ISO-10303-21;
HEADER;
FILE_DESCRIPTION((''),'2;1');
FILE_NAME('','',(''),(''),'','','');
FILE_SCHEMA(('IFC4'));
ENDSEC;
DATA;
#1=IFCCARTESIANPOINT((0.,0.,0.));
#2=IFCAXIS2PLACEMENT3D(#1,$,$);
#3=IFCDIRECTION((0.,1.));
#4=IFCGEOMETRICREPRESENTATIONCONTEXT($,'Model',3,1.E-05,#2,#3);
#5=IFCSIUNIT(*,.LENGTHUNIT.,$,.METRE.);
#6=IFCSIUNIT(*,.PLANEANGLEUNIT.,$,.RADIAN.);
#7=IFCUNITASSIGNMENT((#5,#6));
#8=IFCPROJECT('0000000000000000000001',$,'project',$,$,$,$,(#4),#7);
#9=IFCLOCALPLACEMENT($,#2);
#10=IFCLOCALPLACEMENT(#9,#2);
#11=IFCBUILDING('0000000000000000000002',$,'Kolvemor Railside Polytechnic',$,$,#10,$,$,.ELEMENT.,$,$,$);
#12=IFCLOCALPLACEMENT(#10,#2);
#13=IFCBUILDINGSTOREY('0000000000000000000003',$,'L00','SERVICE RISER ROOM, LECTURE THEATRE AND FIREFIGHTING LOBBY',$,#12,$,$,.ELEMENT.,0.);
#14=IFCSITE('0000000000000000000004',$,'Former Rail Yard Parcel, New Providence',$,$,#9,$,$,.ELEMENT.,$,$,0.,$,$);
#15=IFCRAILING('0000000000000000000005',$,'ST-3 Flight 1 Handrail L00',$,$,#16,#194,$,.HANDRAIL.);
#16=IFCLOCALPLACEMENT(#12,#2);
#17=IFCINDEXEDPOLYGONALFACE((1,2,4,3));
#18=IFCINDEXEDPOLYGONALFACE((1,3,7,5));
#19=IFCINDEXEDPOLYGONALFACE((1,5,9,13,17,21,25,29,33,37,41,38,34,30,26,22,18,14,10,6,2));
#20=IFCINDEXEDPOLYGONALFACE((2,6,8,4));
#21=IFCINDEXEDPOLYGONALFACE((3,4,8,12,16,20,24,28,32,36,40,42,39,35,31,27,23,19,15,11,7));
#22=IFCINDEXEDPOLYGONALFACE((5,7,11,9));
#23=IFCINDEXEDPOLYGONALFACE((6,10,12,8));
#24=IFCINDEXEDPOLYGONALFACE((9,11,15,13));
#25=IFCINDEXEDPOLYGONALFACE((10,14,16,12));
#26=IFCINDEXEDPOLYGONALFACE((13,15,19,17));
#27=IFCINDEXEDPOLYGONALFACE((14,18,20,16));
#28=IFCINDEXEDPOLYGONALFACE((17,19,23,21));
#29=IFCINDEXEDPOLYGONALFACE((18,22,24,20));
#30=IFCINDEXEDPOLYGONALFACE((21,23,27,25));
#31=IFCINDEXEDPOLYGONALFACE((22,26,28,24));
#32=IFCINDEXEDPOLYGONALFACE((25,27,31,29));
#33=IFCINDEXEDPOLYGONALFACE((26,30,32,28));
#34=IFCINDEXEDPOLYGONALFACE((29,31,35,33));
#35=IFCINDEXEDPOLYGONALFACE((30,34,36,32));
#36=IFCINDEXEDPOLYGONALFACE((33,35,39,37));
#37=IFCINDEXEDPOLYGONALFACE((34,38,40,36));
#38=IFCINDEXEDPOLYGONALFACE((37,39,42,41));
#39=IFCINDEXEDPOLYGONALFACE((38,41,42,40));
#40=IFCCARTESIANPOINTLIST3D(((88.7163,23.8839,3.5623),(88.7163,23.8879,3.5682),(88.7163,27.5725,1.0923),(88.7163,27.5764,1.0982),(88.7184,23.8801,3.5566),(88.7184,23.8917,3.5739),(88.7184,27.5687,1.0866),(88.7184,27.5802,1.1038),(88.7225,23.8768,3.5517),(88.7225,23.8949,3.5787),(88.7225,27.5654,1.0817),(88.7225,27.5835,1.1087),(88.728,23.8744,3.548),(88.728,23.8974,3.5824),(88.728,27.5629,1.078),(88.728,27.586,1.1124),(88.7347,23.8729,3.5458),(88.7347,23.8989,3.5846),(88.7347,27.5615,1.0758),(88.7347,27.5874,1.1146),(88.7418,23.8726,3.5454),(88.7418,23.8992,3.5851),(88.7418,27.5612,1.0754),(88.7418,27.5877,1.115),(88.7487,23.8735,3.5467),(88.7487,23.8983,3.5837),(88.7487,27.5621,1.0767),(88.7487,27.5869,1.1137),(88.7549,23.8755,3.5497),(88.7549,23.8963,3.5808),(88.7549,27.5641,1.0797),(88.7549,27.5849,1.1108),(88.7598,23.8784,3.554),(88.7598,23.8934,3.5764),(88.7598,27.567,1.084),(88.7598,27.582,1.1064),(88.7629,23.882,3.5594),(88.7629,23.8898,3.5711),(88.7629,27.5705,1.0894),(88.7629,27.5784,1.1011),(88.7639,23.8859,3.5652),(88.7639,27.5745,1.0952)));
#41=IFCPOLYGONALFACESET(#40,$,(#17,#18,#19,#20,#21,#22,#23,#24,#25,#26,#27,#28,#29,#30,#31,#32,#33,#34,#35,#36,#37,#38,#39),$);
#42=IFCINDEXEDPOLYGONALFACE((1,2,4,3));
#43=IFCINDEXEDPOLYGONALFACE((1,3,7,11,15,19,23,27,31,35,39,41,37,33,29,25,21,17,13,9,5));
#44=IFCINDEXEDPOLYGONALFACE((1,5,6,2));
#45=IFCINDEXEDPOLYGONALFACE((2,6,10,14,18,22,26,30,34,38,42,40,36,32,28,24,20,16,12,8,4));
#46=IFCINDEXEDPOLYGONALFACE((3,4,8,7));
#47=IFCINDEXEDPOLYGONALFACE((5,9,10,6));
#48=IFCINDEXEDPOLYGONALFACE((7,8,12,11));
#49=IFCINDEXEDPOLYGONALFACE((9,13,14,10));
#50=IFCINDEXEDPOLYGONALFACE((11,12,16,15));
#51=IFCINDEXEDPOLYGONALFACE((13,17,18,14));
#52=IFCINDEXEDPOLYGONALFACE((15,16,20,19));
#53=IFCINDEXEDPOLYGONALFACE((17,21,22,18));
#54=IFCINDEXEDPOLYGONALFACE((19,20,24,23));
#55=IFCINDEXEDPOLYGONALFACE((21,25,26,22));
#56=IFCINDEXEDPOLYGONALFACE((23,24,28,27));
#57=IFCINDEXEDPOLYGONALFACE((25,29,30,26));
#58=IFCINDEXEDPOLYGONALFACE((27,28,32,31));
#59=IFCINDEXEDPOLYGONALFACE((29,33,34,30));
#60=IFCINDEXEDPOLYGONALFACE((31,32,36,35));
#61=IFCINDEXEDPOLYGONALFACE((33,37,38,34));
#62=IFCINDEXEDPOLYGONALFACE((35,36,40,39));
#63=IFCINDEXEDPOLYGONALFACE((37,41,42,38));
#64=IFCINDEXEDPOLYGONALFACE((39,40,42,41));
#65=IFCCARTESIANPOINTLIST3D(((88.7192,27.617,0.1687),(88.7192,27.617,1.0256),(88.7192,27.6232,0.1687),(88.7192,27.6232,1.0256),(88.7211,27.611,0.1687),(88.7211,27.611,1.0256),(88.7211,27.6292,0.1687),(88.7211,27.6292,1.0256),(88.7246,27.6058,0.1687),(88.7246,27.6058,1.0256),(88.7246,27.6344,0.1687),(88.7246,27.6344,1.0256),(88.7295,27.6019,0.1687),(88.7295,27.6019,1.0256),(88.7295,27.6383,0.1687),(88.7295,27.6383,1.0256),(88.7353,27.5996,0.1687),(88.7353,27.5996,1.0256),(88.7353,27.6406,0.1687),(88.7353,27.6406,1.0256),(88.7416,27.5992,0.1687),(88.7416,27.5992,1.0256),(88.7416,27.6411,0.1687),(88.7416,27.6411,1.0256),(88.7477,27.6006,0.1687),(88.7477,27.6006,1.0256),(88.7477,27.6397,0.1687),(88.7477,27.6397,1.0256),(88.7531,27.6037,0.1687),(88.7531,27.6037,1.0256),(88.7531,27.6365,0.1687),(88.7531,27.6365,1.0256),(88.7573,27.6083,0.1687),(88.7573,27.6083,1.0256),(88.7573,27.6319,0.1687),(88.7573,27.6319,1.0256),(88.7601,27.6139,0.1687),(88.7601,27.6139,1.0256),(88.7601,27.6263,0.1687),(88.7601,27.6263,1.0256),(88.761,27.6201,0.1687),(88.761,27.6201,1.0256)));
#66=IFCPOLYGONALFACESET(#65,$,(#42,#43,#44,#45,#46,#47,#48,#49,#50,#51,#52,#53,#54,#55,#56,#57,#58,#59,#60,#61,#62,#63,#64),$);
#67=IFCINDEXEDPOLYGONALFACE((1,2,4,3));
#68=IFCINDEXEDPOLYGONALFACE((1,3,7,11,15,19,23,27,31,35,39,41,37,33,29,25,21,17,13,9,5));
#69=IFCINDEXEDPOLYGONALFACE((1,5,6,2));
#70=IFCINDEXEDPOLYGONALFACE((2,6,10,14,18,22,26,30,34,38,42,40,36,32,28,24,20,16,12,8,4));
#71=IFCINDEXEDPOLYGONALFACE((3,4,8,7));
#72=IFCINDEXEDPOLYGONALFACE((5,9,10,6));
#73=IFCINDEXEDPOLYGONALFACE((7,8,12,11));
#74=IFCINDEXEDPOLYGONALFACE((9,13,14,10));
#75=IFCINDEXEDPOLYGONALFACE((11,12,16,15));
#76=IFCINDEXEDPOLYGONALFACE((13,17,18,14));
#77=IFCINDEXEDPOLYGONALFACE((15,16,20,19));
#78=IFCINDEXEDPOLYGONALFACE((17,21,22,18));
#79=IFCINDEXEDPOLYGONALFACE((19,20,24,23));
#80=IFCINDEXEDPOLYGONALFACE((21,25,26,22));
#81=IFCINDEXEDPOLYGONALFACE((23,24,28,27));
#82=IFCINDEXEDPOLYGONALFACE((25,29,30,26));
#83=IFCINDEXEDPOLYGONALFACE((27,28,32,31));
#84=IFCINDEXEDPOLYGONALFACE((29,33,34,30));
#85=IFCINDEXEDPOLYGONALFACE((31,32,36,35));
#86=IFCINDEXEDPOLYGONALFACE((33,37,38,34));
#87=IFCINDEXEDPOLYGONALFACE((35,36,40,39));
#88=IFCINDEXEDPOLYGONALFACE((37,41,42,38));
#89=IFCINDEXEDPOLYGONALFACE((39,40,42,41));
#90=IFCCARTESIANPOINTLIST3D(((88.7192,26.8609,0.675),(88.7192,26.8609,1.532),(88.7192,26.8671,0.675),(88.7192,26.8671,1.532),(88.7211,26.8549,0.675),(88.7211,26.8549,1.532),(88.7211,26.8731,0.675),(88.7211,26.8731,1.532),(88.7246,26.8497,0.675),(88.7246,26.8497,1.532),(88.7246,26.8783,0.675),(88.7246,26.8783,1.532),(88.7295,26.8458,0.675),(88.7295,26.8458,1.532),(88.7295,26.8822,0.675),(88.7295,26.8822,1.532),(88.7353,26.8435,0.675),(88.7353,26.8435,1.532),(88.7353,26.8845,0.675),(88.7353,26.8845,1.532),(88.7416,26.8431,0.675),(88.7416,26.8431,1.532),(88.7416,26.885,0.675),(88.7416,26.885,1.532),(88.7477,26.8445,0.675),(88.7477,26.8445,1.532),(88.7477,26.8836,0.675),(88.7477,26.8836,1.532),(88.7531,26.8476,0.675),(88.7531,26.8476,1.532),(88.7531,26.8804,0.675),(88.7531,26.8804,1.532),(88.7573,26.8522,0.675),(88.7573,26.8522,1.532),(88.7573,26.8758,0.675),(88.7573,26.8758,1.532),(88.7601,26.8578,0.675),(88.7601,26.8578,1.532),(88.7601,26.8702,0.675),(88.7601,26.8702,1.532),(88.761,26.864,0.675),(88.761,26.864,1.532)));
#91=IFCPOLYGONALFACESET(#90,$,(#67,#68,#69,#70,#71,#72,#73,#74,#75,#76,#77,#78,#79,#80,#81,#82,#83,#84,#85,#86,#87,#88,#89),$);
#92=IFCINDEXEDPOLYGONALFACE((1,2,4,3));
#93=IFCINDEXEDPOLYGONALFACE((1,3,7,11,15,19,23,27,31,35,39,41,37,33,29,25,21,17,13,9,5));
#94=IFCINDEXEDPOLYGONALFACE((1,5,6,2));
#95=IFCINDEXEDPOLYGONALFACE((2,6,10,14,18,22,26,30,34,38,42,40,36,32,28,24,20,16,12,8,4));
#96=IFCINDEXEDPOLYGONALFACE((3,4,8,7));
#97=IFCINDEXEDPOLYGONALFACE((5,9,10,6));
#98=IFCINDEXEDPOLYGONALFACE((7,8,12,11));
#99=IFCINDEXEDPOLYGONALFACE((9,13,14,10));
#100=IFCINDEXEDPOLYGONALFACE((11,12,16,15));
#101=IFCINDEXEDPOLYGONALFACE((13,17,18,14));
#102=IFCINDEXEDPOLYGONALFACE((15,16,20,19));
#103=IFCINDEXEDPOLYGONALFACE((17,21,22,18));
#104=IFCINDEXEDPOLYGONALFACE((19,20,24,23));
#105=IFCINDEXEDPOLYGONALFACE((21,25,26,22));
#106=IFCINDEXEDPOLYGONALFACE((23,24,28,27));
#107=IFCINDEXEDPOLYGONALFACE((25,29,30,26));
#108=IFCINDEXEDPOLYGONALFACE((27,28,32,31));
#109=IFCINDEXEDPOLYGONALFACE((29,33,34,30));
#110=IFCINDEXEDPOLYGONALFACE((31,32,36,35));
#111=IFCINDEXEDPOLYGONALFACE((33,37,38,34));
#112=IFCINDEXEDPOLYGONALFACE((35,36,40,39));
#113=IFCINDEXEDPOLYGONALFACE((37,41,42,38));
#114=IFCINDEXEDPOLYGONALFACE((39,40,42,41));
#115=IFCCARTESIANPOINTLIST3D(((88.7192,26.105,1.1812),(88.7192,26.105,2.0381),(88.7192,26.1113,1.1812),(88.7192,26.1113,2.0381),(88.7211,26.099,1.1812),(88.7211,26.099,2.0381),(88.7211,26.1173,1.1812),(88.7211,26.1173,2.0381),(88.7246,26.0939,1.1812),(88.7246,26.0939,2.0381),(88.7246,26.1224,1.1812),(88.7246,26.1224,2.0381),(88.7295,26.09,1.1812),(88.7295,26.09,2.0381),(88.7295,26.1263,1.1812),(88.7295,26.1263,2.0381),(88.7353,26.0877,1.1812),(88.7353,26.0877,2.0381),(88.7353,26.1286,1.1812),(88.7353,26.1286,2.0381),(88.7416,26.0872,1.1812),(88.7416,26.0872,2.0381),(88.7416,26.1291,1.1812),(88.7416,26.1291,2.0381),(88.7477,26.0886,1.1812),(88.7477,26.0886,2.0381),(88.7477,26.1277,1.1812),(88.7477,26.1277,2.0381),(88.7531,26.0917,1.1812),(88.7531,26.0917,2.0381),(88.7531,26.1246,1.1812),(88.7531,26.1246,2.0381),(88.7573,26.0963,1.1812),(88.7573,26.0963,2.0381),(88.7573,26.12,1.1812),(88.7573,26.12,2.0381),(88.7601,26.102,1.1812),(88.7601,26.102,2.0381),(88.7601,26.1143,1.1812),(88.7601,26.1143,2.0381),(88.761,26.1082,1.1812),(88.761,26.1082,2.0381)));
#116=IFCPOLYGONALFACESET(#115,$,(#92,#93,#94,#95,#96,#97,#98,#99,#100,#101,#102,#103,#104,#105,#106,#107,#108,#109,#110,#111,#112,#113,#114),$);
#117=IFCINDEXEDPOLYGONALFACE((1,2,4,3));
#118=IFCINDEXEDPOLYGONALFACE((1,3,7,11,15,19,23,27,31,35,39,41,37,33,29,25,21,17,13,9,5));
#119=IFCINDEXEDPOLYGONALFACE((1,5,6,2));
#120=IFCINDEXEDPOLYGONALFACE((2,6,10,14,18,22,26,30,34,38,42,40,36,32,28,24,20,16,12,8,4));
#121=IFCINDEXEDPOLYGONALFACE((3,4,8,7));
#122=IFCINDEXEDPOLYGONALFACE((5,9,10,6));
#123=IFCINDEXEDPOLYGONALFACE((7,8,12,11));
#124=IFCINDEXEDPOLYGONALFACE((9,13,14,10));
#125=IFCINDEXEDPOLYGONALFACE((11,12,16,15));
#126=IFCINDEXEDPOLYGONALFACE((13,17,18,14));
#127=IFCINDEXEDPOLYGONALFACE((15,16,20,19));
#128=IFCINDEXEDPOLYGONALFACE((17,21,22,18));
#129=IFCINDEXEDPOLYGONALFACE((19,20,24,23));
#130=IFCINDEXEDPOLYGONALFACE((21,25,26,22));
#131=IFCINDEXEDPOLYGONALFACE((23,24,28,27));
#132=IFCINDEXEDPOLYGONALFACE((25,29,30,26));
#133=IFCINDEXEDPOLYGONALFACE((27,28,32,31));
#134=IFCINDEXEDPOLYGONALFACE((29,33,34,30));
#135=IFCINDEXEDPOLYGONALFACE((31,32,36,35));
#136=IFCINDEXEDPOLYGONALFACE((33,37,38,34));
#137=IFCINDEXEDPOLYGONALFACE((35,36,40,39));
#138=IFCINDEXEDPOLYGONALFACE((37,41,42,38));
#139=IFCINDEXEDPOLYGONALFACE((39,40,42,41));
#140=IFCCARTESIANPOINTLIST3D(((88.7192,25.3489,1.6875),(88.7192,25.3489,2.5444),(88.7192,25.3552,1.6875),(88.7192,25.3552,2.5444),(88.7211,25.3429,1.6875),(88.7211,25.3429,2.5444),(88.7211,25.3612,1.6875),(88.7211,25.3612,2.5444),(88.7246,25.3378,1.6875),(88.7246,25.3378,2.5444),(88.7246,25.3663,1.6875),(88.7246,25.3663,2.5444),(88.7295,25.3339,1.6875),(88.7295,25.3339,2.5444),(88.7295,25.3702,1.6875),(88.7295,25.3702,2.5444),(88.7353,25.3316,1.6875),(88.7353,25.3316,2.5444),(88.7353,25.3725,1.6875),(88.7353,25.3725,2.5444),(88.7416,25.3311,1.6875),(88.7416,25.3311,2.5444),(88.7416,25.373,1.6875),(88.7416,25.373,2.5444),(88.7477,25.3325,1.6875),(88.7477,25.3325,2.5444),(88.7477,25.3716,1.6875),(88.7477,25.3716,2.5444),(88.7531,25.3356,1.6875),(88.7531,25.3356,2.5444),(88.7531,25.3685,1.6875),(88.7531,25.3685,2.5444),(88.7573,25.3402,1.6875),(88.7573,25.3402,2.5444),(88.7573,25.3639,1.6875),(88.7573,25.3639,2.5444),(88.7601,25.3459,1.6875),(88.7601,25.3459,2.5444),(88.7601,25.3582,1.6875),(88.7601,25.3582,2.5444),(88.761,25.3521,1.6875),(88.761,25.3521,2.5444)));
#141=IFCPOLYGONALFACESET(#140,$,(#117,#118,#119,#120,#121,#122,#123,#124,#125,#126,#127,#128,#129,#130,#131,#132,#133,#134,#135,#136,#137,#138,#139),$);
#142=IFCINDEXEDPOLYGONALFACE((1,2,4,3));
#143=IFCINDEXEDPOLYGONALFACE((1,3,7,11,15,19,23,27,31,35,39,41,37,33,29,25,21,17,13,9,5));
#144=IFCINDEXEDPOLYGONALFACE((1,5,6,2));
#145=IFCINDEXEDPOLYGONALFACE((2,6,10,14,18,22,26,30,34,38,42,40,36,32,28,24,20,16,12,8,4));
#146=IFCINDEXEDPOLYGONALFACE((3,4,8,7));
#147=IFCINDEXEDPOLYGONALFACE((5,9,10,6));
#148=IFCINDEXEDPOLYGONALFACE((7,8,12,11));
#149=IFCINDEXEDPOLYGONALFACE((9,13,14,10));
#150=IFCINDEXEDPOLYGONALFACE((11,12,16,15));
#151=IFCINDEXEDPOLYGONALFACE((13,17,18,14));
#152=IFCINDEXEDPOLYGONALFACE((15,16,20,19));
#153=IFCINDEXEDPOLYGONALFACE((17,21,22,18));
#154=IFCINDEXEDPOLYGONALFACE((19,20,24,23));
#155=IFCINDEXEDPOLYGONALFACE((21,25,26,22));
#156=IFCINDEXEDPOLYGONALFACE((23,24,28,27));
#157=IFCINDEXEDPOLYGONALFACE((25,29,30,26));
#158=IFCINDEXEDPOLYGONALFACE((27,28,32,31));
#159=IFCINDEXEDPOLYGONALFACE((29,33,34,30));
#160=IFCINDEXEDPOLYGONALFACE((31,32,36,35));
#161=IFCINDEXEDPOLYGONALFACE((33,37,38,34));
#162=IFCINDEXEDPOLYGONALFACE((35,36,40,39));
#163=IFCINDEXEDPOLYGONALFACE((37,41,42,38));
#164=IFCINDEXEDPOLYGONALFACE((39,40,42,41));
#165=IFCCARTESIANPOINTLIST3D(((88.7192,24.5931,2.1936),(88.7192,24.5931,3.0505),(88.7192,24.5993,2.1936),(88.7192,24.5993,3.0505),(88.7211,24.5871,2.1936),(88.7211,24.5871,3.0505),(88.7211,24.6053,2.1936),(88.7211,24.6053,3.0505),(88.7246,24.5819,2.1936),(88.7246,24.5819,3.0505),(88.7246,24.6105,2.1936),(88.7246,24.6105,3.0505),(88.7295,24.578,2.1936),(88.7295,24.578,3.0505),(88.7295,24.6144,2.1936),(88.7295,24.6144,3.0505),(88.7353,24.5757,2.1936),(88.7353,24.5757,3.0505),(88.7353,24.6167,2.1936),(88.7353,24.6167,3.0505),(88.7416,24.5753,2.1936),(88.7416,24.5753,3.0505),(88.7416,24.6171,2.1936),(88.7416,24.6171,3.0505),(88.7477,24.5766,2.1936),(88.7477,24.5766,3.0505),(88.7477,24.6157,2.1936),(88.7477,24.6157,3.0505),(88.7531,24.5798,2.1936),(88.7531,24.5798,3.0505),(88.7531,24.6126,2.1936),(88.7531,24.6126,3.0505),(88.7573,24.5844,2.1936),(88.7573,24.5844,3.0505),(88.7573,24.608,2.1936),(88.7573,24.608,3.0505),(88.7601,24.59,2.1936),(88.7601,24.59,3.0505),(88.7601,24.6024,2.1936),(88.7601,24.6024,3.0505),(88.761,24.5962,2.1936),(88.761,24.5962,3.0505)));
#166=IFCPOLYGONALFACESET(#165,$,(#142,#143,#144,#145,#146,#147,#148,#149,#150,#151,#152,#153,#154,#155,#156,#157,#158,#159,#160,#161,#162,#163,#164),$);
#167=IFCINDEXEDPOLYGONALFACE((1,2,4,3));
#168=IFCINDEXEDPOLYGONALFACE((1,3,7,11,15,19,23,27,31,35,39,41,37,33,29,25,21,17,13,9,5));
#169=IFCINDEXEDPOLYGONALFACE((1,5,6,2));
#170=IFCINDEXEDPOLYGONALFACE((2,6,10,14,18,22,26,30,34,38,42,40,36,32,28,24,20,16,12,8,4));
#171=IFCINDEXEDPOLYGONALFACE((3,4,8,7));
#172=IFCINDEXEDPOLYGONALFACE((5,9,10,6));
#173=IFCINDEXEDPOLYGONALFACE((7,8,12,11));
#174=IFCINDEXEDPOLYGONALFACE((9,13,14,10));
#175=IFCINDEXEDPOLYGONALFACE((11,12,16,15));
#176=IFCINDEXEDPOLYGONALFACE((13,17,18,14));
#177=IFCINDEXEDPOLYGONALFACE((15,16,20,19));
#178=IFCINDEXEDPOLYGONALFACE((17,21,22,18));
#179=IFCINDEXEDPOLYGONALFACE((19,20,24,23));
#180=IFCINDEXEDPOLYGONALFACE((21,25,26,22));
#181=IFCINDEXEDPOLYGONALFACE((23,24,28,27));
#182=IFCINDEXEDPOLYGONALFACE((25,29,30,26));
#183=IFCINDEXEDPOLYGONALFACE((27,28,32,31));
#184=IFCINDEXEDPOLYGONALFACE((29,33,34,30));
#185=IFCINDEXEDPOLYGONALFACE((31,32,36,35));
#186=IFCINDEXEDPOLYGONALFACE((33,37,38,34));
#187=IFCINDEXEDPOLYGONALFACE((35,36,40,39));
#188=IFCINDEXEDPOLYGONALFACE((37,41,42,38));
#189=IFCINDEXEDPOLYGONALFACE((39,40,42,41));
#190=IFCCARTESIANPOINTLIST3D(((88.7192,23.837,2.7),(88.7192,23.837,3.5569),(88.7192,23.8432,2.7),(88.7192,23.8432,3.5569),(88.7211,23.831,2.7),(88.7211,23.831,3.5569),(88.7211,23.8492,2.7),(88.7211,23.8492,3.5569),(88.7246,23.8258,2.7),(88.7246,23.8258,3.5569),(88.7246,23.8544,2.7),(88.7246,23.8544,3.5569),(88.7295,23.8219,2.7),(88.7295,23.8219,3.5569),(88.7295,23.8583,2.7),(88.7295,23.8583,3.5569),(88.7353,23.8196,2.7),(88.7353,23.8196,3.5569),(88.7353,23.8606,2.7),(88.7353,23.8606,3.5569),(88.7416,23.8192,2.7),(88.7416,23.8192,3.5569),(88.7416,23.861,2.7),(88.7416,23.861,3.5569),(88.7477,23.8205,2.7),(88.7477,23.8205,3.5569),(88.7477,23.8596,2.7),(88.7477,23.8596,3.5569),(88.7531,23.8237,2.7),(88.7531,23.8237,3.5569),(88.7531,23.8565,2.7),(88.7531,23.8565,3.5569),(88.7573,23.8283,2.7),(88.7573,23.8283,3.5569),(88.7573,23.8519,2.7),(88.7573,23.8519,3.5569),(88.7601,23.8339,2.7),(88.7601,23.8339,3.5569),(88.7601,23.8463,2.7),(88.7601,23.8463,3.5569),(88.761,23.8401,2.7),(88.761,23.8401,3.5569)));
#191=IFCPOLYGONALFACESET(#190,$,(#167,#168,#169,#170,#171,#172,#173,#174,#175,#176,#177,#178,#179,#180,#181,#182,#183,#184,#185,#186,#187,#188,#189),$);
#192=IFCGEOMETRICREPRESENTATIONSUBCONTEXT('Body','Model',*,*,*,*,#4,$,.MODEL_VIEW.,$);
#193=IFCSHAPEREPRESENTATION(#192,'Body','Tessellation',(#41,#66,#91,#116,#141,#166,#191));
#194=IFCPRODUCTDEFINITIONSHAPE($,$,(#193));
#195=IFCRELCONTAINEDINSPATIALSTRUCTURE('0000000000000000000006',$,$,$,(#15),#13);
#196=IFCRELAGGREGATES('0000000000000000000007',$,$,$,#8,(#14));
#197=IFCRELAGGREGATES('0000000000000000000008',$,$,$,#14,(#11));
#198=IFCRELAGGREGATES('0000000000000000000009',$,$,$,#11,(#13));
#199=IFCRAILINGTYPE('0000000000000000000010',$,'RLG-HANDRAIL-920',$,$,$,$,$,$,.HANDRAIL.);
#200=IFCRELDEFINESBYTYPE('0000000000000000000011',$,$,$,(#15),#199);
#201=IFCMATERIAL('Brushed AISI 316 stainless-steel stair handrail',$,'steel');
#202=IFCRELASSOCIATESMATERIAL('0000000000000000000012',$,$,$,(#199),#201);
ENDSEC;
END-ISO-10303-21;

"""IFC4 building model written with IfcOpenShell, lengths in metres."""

from ifc_helpers import new_model, si_unit, direction, frame, origin, origin_2d, place, context, subcontext, project, spatial, circle, extrude, material, type_object, element, save


model = new_model("IFC4")

# Units and contexts
model_context = context("Model", 3, precision=1e-05, world=origin(), true_north=direction((0.0, 1.0)))
body_context = subcontext(model_context, "Body", "Model", "MODEL_VIEW")
ifc_project = project(units=[si_unit("LENGTHUNIT", "METRE"), si_unit("PLANEANGLEUNIT", "RADIAN")], contexts=[model_context])

# Site, building, storey
site_placement = place(None, origin())
site = spatial("IfcSite", under=ifc_project, at=site_placement, Name="Former Rail Yard Parcel, New Providence", CompositionType="ELEMENT", RefElevation=0.0)
building_placement = place(site_placement, origin())
building = spatial("IfcBuilding", under=site, at=building_placement, Name="Kolvemor Railside Polytechnic", CompositionType="ELEMENT")
storey_placement = place(building_placement, origin())
storey = spatial("IfcBuildingStorey", under=building, at=storey_placement, Name="L00", Description="SERVICE RISER ROOM, LECTURE THEATRE AND FIREFIGHTING LOBBY", CompositionType="ELEMENT", Elevation=0.0)

# Railing
ifc_material_1 = material(Name="Brushed AISI 316 stainless-steel stair handrail", Category="steel")
railing_type_1 = type_object("IfcRailingType", Name="RLG-HANDRAIL-920", PredefinedType="HANDRAIL", material=ifc_material_1)
railing_1_placement = place(storey_placement, frame((88.74, 27.6201, 0.1687)))
element("IfcRailing", 1, at=railing_1_placement, inside=storey, type_object=railing_type_1, Name="ST-3 Flight 1 Handrail L00", PredefinedType="HANDRAIL", context=body_context, shape_type="SweptSolid", body=[
    extrude(circle(Radius=0.0239, at=origin_2d()), frame((0.0, -0.0457, 0.9265), z_axis=(0.0, -0.830909, 0.556408), x_axis=(1.0, 0.0, 0.0)), (0.0, 0.0, 1.0), 4.4392),
    extrude(circle(Radius=0.021, at=origin_2d()), origin(), (0.0, 0.0, 1.0), 0.8569),
    extrude(circle(Radius=0.021, at=origin_2d()), frame((0.0, -0.7561, 0.5063)), (0.0, 0.0, 1.0), 0.8569),
    extrude(circle(Radius=0.021, at=origin_2d()), frame((0.0, -1.512, 1.0125)), (0.0, 0.0, 1.0), 0.8569),
    extrude(circle(Radius=0.021, at=origin_2d()), frame((0.0, -2.2681, 1.5188)), (0.0, 0.0, 1.0), 0.8569),
    extrude(circle(Radius=0.021, at=origin_2d()), frame((0.0, -3.0239, 2.0249)), (0.0, 0.0, 1.0), 0.8569),
    extrude(circle(Radius=0.021, at=origin_2d()), frame((0.0, -3.78, 2.5312)), (0.0, 0.0, 1.0), 0.8569),
])

save(model, "model.ifc")
